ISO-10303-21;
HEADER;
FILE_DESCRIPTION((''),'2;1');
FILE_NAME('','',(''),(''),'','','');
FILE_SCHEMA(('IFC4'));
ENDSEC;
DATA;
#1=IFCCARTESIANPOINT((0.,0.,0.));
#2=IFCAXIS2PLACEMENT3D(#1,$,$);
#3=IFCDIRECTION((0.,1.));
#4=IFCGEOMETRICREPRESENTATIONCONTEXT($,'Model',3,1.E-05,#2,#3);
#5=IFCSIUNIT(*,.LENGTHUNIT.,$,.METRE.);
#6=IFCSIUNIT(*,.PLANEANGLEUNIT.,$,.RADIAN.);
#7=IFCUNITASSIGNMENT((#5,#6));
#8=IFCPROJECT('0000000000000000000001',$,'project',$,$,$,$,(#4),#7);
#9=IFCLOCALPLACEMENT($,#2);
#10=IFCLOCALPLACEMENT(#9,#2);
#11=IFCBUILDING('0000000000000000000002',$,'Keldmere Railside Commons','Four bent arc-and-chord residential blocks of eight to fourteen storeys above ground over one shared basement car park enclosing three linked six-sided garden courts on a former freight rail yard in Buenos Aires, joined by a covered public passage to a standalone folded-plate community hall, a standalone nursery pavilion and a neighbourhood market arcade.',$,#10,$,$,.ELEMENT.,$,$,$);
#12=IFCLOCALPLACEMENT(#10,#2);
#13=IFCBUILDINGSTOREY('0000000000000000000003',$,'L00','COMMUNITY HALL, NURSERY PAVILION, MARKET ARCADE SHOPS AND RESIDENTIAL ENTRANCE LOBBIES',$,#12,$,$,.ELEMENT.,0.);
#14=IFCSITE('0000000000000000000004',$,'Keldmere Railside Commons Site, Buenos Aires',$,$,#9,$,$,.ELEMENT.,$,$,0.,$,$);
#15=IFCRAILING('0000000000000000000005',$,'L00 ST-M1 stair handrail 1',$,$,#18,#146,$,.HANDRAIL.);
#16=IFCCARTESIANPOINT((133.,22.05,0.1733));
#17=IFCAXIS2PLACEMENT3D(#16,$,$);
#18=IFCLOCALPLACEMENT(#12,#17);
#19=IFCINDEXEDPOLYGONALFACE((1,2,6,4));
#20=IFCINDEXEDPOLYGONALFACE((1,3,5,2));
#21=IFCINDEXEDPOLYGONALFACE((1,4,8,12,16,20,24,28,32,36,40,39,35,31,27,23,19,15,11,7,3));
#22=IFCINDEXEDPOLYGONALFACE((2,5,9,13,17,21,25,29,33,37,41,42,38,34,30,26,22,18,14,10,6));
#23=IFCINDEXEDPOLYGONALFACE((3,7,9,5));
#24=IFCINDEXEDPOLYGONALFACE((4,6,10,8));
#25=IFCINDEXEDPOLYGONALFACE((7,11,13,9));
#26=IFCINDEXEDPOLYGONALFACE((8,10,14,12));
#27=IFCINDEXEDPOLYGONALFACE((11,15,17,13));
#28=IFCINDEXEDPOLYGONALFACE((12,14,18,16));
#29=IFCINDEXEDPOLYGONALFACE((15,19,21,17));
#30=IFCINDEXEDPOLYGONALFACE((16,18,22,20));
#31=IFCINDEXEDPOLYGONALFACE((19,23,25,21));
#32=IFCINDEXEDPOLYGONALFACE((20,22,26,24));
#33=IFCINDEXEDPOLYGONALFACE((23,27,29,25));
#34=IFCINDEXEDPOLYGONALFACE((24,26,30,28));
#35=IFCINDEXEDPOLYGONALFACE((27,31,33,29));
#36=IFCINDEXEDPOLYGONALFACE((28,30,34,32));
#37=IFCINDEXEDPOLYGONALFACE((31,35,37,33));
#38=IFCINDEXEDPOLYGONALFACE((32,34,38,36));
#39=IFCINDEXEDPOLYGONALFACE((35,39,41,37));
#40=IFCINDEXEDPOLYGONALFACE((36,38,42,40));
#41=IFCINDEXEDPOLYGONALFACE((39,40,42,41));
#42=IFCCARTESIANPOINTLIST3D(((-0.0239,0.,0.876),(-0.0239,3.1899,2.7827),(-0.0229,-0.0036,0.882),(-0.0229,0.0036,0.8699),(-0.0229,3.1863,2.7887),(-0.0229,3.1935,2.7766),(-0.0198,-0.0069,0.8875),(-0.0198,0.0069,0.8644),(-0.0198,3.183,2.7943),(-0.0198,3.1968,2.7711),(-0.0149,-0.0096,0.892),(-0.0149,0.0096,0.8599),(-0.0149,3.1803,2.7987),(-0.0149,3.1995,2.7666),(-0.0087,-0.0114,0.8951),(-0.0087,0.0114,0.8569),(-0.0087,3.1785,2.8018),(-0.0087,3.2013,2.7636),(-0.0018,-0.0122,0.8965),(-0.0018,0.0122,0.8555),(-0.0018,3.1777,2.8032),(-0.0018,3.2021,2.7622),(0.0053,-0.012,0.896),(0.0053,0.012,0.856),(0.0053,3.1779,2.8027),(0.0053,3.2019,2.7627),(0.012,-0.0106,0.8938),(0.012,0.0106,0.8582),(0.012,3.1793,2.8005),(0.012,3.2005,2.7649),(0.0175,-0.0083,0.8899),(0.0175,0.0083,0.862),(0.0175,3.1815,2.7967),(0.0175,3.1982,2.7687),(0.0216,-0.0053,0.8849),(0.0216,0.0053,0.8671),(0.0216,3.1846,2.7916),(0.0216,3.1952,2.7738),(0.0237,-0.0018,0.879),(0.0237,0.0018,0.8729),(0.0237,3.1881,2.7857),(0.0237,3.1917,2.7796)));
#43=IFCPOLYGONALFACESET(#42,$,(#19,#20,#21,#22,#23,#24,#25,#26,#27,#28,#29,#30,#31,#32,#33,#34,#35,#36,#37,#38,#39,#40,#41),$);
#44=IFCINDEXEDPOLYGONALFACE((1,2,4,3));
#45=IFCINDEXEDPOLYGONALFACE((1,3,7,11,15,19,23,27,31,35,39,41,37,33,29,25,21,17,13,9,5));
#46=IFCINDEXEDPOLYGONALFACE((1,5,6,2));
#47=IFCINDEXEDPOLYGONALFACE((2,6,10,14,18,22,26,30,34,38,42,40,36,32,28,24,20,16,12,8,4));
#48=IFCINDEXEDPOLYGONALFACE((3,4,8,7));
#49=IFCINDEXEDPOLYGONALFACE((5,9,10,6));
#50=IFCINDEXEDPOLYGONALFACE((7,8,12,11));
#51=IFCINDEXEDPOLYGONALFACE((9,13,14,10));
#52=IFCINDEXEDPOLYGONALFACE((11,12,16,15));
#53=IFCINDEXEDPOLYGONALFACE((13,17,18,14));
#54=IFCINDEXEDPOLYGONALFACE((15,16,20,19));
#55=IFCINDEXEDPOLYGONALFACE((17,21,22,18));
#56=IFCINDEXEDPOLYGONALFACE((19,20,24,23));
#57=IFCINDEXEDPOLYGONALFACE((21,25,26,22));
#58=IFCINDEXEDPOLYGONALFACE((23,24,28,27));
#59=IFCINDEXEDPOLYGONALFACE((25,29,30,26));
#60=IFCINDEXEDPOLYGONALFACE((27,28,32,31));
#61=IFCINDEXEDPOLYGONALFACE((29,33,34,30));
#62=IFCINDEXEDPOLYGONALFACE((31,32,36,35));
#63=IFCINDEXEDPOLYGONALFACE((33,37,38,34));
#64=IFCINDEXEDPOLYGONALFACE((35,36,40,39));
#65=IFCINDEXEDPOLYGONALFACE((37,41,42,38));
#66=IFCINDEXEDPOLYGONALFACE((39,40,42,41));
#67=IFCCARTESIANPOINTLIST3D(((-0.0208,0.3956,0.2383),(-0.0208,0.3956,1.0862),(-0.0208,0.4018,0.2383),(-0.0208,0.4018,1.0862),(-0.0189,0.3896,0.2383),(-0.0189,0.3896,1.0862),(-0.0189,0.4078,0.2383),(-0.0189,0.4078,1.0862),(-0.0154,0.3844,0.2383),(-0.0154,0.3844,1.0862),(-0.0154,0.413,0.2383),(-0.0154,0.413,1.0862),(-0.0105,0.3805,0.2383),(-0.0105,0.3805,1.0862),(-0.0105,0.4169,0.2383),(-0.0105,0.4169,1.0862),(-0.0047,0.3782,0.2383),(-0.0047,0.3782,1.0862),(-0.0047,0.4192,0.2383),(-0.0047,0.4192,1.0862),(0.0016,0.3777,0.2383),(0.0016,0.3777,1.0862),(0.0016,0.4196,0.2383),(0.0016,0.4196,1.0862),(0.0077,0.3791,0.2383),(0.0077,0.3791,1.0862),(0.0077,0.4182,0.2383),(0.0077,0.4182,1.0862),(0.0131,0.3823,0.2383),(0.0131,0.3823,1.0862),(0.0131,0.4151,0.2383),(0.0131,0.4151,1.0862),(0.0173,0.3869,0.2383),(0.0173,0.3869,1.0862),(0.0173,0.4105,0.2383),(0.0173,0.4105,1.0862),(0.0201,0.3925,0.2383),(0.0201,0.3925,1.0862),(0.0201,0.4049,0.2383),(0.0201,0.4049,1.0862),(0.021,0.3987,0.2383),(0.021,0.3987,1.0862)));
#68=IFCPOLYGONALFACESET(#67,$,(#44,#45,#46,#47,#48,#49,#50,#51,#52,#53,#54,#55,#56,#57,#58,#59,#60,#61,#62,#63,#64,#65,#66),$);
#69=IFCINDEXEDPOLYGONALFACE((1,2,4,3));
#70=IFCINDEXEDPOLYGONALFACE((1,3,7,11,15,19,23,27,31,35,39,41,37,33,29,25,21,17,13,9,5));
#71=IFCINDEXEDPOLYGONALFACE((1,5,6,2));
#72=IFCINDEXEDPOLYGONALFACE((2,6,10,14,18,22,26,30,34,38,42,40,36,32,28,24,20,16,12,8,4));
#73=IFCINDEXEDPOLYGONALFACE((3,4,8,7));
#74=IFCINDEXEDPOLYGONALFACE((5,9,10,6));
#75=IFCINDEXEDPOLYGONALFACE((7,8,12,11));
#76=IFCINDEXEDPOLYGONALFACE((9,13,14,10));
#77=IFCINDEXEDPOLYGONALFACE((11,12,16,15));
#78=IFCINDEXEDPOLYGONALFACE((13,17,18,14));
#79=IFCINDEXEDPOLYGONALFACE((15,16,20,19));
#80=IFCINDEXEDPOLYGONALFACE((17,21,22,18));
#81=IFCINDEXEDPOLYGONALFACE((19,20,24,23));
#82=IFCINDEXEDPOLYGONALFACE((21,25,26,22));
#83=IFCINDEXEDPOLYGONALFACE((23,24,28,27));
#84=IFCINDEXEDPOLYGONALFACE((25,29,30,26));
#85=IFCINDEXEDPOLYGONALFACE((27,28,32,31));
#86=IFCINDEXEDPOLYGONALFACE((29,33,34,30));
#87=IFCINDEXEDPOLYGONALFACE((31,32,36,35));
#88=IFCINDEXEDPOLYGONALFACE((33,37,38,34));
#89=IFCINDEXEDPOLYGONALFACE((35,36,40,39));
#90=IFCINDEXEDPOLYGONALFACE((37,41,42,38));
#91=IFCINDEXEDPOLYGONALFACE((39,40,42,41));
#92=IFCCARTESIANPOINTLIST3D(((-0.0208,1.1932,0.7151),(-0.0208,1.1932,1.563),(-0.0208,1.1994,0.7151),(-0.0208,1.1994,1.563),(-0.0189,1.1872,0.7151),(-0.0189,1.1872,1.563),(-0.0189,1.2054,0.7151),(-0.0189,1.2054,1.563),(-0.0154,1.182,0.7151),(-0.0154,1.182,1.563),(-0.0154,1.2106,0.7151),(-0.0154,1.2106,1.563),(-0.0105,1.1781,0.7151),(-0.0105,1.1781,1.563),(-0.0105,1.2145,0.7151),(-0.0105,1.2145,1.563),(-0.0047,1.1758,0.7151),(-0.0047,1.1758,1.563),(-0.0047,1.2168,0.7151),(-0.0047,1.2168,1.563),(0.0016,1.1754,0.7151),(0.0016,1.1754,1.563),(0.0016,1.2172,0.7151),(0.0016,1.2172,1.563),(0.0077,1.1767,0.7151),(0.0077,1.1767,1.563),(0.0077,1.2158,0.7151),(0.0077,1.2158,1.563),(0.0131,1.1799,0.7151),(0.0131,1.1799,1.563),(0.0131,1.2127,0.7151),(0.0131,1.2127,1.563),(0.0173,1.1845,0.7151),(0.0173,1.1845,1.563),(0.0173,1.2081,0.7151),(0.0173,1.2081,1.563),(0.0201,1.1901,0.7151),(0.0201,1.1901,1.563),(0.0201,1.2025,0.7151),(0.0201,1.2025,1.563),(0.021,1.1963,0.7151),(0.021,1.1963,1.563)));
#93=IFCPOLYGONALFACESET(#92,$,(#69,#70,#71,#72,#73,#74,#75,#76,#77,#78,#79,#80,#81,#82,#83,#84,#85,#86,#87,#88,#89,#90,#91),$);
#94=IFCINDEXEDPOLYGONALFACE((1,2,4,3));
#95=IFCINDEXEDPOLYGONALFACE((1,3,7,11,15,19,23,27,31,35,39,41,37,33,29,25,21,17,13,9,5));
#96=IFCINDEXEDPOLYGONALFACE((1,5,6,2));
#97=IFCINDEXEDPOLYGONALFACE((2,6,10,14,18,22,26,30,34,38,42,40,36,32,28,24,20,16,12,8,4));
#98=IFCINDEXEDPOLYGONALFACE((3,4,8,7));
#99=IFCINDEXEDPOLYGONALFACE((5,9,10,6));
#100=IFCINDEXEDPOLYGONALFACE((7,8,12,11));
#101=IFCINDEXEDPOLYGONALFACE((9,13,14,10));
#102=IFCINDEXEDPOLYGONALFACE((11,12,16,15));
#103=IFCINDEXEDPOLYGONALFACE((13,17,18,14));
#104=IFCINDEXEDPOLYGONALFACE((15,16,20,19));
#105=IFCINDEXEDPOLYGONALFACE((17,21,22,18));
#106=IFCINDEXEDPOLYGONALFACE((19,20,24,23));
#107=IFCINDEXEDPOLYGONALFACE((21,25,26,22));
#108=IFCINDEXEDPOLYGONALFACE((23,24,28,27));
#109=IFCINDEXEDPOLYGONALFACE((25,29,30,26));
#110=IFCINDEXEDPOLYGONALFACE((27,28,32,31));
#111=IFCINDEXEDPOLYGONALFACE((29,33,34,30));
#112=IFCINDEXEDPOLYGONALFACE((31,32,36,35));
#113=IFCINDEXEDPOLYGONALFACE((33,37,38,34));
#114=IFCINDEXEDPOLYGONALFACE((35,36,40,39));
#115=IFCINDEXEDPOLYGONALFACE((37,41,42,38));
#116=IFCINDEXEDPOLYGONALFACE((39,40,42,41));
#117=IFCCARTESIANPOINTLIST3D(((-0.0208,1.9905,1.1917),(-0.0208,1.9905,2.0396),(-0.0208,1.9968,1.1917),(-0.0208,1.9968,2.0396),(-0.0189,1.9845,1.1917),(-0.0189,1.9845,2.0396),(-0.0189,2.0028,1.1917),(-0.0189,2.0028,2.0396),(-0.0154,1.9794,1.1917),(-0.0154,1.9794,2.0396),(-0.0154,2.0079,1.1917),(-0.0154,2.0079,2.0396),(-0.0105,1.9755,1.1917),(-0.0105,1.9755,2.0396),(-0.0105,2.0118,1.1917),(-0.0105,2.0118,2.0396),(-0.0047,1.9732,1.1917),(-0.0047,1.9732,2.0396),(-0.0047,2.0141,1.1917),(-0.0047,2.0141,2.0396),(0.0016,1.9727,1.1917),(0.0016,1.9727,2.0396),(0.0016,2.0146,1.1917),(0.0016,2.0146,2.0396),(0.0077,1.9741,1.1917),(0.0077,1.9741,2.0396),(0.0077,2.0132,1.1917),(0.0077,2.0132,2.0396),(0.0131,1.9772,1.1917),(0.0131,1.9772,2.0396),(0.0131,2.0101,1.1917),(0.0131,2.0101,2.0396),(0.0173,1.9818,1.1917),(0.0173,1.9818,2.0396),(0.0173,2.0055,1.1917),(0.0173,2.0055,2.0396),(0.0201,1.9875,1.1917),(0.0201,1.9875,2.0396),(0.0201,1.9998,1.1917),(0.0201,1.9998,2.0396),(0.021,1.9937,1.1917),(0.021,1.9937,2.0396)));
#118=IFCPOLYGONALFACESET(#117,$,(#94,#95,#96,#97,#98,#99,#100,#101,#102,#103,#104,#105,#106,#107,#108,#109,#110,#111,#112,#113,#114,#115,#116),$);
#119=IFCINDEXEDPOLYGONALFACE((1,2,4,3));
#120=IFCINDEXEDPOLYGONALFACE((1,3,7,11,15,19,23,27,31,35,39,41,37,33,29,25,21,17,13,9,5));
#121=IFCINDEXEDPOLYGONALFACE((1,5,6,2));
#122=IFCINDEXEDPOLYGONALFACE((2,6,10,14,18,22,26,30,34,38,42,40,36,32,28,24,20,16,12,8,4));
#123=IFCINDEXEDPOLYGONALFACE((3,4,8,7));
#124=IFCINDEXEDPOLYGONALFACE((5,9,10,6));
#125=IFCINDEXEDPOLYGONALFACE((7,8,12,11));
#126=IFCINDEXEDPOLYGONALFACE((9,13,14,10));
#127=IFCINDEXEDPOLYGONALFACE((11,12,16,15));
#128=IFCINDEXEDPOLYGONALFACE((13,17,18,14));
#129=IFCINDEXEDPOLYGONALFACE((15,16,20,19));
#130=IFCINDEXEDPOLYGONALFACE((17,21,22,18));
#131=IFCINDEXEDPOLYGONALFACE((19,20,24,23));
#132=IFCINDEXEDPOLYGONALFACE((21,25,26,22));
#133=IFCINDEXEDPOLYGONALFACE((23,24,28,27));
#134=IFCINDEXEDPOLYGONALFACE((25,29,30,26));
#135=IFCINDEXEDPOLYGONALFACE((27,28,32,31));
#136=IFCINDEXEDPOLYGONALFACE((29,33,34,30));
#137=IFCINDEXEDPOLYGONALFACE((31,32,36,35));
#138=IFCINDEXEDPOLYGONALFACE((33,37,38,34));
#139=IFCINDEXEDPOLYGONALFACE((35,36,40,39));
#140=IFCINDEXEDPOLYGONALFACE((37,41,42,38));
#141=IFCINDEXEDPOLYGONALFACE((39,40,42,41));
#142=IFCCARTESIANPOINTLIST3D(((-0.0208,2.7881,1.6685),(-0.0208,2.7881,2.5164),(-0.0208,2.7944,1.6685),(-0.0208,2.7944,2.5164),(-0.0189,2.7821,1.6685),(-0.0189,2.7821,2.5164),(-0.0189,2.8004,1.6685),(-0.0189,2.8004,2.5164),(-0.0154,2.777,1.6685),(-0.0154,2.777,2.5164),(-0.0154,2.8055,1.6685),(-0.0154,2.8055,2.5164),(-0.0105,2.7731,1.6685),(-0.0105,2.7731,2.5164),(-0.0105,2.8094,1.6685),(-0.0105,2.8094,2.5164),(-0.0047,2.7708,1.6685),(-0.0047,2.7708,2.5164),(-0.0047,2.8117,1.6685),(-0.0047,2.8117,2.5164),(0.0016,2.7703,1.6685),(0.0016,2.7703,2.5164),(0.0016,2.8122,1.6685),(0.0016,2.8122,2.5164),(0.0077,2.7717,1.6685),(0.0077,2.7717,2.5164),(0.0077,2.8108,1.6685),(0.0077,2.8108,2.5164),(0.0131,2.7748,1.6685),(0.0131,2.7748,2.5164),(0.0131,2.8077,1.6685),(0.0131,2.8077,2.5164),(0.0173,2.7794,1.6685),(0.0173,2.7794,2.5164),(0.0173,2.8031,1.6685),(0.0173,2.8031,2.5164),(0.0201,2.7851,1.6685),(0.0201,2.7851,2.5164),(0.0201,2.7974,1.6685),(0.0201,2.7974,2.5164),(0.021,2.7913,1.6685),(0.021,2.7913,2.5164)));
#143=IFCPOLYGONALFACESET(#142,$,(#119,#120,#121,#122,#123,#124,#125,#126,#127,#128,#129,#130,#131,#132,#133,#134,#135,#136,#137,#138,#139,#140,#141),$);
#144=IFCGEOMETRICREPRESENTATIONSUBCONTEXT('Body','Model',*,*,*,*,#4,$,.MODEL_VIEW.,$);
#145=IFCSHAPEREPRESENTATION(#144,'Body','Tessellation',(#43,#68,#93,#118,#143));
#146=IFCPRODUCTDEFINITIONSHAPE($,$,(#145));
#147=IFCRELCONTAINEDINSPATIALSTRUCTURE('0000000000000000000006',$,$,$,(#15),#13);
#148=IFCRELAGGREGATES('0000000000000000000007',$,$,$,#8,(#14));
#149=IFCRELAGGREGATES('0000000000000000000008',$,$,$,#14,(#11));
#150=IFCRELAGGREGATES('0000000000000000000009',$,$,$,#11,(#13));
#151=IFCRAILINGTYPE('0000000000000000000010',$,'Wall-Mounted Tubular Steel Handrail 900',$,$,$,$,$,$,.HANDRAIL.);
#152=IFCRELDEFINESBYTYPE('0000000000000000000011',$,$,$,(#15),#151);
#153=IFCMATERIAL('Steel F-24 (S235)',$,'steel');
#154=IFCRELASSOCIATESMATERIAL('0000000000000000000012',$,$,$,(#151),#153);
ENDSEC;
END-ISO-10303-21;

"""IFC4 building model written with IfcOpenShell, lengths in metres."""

from ifc_helpers import new_model, si_unit, direction, frame, origin, origin_2d, place, context, subcontext, project, spatial, circle, extrude, material, type_object, element, save


model = new_model("IFC4")

# Units and contexts
model_context = context("Model", 3, precision=1e-05, world=origin(), true_north=direction((0.0, 1.0)))
body_context = subcontext(model_context, "Body", "Model", "MODEL_VIEW")
ifc_project = project(units=[si_unit("LENGTHUNIT", "METRE"), si_unit("PLANEANGLEUNIT", "RADIAN")], contexts=[model_context])

# Site, building, storey
site_placement = place(None, origin())
site = spatial("IfcSite", under=ifc_project, at=site_placement, Name="Keldmere Railside Commons Site, Buenos Aires", CompositionType="ELEMENT", RefElevation=0.0)
building_placement = place(site_placement, origin())
building = spatial("IfcBuilding", under=site, at=building_placement, Name="Keldmere Railside Commons", Description="Four bent arc-and-chord residential blocks of eight to fourteen storeys above ground over one shared basement car park enclosing three linked six-sided garden courts on a former freight rail yard in Buenos Aires, joined by a covered public passage to a standalone folded-plate community hall, a standalone nursery pavilion and a neighbourhood market arcade.", CompositionType="ELEMENT")
storey_placement = place(building_placement, origin())
storey = spatial("IfcBuildingStorey", under=building, at=storey_placement, Name="L00", Description="COMMUNITY HALL, NURSERY PAVILION, MARKET ARCADE SHOPS AND RESIDENTIAL ENTRANCE LOBBIES", CompositionType="ELEMENT", Elevation=0.0)

# Shared definitions
ifc_material_1 = material(Name="Steel F-24 (S235)", Category="steel")

# Railing
railing_type_1 = type_object("IfcRailingType", Name="Wall-Mounted Tubular Steel Handrail 900", PredefinedType="HANDRAIL", material=ifc_material_1)
railing_1_placement = place(storey_placement, frame((133.0, 22.05, 0.1733)))
element("IfcRailing", 1, at=railing_1_placement, inside=storey, type_object=railing_type_1, Name="L00 ST-M1 stair handrail 1", PredefinedType="HANDRAIL", context=body_context, shape_type="SweptSolid", body=[
    extrude(circle(Radius=0.0239, at=origin_2d()), frame((0.0, 0.0, 0.876), z_axis=(0.0, 0.85835, 0.513065), x_axis=(-1.0, 0.0, 0.0)), (0.0, 0.0, 1.0), 3.7163),
    extrude(circle(Radius=0.021, at=origin_2d()), frame((0.0, 0.3987, 0.2383)), (0.0, 0.0, 1.0), 0.8479),
    extrude(circle(Radius=0.021, at=origin_2d()), frame((0.0, 1.1963, 0.7151)), (0.0, 0.0, 1.0), 0.8479),
    extrude(circle(Radius=0.021, at=origin_2d()), frame((0.0, 1.9937, 1.1917)), (0.0, 0.0, 1.0), 0.8479),
    extrude(circle(Radius=0.021, at=origin_2d()), frame((0.0, 2.7913, 1.6685)), (0.0, 0.0, 1.0), 0.8479),
])

save(model, "model.ifc")
